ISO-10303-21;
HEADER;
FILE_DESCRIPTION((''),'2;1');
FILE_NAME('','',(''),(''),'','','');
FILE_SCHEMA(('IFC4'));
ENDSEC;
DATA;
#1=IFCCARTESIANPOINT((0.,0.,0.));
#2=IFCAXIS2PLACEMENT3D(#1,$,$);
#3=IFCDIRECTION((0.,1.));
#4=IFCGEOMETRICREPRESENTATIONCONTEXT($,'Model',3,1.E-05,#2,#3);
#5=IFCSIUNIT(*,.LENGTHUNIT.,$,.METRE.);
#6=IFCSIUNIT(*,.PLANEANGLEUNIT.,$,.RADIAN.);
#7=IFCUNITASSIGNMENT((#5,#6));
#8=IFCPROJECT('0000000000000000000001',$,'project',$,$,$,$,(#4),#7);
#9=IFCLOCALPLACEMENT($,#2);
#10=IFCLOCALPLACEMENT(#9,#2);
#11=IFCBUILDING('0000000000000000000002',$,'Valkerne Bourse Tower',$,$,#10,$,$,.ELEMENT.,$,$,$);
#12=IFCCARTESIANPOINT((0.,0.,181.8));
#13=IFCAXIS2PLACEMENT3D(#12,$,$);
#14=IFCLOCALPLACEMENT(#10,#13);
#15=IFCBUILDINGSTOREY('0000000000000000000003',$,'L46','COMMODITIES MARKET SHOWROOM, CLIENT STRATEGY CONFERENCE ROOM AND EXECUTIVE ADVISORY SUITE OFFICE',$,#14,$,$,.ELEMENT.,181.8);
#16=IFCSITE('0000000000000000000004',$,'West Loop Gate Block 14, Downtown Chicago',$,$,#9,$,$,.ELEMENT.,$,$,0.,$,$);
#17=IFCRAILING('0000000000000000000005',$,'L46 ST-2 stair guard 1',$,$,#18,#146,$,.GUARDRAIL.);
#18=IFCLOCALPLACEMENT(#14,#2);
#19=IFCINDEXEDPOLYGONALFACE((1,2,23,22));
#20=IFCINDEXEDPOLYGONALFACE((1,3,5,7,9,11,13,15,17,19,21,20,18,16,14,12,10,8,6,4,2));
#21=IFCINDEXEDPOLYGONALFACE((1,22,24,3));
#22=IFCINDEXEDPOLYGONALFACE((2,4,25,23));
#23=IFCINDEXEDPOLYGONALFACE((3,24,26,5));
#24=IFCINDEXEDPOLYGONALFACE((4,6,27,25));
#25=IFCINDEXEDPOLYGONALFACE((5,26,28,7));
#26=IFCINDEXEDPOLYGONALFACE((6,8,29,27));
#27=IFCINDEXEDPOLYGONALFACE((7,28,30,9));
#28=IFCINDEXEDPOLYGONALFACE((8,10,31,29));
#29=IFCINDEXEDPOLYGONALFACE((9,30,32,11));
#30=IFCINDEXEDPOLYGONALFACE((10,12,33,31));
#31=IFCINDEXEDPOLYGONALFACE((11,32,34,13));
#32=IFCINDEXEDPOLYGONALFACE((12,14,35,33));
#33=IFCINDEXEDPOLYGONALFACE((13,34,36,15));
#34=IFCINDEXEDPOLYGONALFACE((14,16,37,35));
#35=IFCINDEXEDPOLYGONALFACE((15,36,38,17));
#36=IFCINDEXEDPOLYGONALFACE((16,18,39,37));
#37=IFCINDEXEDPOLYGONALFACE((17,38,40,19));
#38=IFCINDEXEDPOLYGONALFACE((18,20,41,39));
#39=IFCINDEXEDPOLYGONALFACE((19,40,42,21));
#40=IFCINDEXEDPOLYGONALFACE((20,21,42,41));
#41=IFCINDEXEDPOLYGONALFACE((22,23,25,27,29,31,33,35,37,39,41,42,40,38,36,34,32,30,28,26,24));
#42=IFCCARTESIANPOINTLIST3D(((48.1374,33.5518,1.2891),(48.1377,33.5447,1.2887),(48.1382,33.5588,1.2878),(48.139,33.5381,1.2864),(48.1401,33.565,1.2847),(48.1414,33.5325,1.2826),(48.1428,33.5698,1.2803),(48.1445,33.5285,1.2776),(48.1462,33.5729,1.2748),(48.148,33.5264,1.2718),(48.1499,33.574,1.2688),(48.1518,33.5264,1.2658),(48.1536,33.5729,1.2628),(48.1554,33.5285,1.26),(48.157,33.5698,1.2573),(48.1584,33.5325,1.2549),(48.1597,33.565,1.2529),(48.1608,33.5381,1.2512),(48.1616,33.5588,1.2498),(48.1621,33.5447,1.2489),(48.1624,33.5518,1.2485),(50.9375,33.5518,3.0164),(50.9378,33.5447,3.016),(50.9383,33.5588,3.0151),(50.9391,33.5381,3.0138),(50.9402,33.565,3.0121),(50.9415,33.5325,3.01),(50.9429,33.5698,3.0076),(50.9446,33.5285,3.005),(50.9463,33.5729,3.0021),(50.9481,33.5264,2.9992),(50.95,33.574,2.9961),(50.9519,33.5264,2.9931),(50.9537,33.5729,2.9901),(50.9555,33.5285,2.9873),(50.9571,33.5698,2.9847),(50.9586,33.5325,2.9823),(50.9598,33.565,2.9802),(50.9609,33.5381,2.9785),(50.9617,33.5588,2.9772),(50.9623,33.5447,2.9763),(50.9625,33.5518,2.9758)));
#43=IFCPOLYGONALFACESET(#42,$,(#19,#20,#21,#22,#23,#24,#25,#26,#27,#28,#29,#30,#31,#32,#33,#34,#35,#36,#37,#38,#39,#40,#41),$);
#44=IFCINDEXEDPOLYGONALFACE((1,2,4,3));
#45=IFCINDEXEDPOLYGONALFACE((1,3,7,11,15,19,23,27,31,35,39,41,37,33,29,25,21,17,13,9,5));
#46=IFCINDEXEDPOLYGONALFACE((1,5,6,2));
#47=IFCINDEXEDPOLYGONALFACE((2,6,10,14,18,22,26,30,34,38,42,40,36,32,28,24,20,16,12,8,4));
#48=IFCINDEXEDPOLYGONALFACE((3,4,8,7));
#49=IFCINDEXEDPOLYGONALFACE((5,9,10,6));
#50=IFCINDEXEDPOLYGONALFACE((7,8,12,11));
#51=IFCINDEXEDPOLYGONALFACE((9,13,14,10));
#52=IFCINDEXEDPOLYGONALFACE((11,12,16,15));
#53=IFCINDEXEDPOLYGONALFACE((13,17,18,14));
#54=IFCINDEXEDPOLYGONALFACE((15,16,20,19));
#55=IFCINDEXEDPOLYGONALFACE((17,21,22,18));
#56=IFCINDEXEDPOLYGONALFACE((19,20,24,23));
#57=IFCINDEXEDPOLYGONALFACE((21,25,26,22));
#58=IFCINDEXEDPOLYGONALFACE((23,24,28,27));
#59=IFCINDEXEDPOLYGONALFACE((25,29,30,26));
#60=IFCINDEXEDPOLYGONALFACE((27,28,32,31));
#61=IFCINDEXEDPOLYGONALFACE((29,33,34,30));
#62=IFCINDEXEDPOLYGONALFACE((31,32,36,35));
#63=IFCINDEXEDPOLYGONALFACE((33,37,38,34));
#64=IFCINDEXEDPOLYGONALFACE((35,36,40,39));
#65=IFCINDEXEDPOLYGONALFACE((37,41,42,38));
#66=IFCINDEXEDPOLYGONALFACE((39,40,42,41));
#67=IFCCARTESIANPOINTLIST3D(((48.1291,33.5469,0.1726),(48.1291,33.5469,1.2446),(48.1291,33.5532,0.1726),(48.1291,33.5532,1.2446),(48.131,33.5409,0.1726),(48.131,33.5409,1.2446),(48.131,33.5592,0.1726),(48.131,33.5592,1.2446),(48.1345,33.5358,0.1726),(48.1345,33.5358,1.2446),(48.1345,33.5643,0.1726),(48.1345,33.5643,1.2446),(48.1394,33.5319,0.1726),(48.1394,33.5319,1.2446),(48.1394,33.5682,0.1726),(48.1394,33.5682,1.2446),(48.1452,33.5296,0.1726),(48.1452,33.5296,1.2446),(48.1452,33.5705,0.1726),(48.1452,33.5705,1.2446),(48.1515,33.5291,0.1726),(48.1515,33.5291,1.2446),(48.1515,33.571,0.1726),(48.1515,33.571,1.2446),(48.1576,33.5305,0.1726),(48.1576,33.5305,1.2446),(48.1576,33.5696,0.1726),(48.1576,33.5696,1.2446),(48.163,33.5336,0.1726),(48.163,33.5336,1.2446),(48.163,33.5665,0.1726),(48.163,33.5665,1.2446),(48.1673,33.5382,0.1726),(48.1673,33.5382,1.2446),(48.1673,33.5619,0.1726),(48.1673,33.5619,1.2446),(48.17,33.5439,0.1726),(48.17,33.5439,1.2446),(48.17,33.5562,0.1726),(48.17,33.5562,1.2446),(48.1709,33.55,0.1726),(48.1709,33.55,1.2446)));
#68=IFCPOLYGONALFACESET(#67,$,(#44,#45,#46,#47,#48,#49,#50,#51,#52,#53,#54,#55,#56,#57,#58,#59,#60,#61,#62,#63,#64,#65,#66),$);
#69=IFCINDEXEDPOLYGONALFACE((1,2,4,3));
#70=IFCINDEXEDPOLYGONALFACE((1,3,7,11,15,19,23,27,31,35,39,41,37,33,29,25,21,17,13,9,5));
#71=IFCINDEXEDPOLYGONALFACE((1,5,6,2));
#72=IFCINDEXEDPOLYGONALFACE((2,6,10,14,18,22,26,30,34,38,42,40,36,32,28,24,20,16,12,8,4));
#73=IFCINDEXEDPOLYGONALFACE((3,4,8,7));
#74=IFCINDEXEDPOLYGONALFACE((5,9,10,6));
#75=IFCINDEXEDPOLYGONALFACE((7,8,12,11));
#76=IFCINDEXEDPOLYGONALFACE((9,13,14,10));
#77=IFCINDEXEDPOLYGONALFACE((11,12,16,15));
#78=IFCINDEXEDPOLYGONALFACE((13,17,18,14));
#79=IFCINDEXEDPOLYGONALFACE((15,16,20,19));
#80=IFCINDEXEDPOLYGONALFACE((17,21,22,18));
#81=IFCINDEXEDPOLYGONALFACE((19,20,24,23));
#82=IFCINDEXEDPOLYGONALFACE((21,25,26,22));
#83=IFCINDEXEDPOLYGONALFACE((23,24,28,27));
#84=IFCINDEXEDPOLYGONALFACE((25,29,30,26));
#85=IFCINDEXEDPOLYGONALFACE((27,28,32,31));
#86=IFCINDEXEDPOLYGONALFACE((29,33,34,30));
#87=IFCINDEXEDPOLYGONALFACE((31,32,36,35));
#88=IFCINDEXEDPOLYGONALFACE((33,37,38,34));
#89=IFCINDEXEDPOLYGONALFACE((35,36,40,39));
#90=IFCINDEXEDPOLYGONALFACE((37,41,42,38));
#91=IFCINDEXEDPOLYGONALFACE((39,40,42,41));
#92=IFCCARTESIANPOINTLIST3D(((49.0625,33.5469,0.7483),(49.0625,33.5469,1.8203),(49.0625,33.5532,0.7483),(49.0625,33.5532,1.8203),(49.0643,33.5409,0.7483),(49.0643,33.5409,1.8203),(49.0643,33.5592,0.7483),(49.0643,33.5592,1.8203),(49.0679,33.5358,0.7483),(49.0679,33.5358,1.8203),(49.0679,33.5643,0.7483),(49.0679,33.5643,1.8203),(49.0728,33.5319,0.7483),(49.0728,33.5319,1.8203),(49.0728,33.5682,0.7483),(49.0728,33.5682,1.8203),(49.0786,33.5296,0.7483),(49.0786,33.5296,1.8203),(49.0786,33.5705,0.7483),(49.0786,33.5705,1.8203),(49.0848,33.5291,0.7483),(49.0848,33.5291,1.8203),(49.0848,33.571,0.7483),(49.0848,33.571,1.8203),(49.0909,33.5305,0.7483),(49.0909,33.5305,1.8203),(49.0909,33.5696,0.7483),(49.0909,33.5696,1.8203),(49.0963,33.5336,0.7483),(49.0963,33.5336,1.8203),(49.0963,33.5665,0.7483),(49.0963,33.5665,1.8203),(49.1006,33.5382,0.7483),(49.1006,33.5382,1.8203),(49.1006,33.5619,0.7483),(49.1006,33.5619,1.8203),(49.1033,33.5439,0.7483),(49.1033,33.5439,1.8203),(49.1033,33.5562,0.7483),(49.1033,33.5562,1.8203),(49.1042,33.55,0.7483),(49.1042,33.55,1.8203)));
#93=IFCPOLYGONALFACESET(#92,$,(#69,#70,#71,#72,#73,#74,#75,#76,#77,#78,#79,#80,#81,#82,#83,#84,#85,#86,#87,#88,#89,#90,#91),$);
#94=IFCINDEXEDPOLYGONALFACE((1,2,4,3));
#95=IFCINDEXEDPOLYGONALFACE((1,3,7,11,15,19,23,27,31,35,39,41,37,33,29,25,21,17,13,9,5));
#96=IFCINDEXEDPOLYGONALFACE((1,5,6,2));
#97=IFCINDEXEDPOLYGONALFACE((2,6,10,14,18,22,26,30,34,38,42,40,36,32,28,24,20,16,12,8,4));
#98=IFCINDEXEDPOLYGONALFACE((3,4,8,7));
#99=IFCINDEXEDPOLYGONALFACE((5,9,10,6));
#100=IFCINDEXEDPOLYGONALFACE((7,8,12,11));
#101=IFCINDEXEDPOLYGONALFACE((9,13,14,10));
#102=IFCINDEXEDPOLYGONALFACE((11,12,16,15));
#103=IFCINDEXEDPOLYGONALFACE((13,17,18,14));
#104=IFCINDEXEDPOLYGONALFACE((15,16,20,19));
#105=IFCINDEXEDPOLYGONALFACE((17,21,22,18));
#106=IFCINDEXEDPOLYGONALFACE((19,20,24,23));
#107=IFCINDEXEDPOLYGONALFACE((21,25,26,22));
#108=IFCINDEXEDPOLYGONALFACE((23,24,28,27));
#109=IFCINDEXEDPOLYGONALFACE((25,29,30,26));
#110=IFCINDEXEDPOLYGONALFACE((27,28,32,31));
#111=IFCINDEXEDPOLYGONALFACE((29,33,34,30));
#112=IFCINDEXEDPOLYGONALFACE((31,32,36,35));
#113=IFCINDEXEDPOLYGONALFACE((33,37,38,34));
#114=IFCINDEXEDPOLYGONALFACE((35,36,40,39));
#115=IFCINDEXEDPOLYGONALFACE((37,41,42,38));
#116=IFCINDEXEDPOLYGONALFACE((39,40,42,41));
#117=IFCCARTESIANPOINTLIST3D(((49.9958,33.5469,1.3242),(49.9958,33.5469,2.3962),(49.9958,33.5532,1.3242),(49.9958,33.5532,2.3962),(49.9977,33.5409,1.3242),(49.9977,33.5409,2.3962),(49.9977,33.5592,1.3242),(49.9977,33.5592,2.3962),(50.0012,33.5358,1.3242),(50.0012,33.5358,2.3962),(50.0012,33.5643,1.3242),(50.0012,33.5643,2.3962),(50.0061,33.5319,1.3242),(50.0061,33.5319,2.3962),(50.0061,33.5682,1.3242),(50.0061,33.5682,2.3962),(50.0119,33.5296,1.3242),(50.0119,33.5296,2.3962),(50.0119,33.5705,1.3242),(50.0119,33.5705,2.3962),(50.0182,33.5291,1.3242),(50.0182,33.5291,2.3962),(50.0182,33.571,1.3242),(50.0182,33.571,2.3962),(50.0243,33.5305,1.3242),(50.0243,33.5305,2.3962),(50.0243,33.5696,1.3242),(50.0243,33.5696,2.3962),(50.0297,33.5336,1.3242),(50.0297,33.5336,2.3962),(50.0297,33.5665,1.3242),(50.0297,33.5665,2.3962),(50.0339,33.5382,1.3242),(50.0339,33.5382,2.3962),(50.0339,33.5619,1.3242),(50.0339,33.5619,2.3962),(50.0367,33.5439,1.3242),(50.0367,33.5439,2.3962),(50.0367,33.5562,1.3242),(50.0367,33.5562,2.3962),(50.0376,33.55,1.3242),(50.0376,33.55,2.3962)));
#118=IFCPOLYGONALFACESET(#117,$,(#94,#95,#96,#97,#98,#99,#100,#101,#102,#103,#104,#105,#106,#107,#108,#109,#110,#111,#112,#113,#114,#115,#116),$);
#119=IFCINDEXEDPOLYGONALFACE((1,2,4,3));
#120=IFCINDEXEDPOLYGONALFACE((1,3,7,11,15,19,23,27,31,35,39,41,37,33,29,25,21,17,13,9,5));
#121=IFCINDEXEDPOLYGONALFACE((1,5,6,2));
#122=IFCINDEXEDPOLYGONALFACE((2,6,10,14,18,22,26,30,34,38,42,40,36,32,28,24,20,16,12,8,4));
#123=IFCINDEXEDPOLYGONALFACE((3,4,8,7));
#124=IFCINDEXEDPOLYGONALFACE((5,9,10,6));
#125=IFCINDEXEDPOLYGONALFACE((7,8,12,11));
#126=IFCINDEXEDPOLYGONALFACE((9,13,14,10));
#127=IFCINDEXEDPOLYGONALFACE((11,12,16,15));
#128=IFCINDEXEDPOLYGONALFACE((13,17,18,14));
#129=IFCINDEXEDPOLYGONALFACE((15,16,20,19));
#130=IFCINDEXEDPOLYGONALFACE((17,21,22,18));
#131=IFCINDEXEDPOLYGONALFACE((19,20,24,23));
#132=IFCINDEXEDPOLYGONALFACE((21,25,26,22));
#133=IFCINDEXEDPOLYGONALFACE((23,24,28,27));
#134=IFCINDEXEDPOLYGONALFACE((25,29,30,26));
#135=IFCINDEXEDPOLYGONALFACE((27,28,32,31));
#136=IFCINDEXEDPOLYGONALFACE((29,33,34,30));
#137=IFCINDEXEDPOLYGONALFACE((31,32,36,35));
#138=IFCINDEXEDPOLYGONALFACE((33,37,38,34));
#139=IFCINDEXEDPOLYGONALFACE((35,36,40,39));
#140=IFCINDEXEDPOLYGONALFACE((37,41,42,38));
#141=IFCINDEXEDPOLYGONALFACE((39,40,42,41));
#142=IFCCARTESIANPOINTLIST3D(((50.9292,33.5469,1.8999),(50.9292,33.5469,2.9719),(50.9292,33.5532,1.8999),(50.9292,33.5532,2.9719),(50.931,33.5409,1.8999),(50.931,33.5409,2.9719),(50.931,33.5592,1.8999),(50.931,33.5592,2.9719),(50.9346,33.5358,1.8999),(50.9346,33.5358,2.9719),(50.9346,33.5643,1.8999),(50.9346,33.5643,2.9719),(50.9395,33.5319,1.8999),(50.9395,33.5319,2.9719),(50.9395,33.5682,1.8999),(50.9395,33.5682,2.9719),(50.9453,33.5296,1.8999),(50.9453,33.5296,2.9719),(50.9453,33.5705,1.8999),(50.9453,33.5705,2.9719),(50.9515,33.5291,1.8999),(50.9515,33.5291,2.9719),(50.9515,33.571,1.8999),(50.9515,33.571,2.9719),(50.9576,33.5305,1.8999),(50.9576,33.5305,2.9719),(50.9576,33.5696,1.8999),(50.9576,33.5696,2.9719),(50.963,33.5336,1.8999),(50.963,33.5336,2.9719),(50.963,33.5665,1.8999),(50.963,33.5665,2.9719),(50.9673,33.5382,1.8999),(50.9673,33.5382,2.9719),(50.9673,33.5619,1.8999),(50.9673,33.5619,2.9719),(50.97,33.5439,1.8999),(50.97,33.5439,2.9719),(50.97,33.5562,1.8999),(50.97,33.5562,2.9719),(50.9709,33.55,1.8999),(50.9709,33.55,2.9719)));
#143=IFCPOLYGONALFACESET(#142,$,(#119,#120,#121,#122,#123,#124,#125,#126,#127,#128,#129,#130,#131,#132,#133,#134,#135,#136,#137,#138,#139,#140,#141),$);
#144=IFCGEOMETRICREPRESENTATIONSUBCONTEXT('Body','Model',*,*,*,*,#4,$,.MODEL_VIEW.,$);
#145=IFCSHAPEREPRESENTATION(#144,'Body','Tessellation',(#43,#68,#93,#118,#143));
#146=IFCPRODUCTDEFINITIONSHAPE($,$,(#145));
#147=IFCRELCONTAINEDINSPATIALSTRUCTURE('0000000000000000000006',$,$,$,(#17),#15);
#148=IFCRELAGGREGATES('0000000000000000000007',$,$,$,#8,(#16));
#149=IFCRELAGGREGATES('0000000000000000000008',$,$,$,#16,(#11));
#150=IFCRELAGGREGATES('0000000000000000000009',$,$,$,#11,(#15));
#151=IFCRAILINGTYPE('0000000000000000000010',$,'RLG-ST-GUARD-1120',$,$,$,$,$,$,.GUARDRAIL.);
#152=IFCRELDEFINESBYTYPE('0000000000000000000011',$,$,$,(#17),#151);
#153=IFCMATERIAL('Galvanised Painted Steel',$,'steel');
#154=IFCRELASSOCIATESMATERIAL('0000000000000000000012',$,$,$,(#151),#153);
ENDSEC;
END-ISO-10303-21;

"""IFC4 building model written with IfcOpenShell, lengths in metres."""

from ifc_helpers import new_model, si_unit, direction, frame, origin, origin_2d, place, context, subcontext, project, spatial, circle, extrude, material, type_object, element, save


model = new_model("IFC4")

# Units and contexts
model_context = context("Model", 3, precision=1e-05, world=origin(), true_north=direction((0.0, 1.0)))
body_context = subcontext(model_context, "Body", "Model", "MODEL_VIEW")
ifc_project = project(units=[si_unit("LENGTHUNIT", "METRE"), si_unit("PLANEANGLEUNIT", "RADIAN")], contexts=[model_context])

# Site, building, storey
site_placement = place(None, origin())
site = spatial("IfcSite", under=ifc_project, at=site_placement, Name="West Loop Gate Block 14, Downtown Chicago", CompositionType="ELEMENT", RefElevation=0.0)
building_placement = place(site_placement, origin())
building = spatial("IfcBuilding", under=site, at=building_placement, Name="Valkerne Bourse Tower", CompositionType="ELEMENT")
storey_placement = place(building_placement, frame((0.0, 0.0, 181.8)))
storey = spatial("IfcBuildingStorey", under=building, at=storey_placement, Name="L46", Description="COMMODITIES MARKET SHOWROOM, CLIENT STRATEGY CONFERENCE ROOM AND EXECUTIVE ADVISORY SUITE OFFICE", CompositionType="ELEMENT", Elevation=181.8)

# Shared definitions
ifc_material_1 = material(Name="Galvanised Painted Steel", Category="steel")

# Railing
railing_type_1 = type_object("IfcRailingType", Name="RLG-ST-GUARD-1120", PredefinedType="GUARDRAIL", material=ifc_material_1)
railing_1_placement = place(storey_placement, frame((48.1499, 33.55, 0.1726)))
element("IfcRailing", 1, at=railing_1_placement, inside=storey, type_object=railing_type_1, Name="L46 ST-2 stair guard 1", PredefinedType="GUARDRAIL", context=body_context, shape_type="SweptSolid", body=[
    extrude(circle(Radius=0.0239, at=origin_2d()), frame((0.0, 0.0, 1.0962), z_axis=(0.85109, 0.0, 0.52502), x_axis=(0.0, 1.0, 0.0)), (0.0, 0.0, 1.0), 3.29),
    extrude(circle(Radius=0.021, at=origin_2d()), origin(), (0.0, 0.0, 1.0), 1.072),
    extrude(circle(Radius=0.021, at=origin_2d()), frame((0.9333, 0.0, 0.5757)), (0.0, 0.0, 1.0), 1.072),
    extrude(circle(Radius=0.021, at=origin_2d()), frame((1.8667, 0.0, 1.1516)), (0.0, 0.0, 1.0), 1.072),
    extrude(circle(Radius=0.021, at=origin_2d()), frame((2.8, 0.0, 1.7273)), (0.0, 0.0, 1.0), 1.072),
])

save(model, "model.ifc")
